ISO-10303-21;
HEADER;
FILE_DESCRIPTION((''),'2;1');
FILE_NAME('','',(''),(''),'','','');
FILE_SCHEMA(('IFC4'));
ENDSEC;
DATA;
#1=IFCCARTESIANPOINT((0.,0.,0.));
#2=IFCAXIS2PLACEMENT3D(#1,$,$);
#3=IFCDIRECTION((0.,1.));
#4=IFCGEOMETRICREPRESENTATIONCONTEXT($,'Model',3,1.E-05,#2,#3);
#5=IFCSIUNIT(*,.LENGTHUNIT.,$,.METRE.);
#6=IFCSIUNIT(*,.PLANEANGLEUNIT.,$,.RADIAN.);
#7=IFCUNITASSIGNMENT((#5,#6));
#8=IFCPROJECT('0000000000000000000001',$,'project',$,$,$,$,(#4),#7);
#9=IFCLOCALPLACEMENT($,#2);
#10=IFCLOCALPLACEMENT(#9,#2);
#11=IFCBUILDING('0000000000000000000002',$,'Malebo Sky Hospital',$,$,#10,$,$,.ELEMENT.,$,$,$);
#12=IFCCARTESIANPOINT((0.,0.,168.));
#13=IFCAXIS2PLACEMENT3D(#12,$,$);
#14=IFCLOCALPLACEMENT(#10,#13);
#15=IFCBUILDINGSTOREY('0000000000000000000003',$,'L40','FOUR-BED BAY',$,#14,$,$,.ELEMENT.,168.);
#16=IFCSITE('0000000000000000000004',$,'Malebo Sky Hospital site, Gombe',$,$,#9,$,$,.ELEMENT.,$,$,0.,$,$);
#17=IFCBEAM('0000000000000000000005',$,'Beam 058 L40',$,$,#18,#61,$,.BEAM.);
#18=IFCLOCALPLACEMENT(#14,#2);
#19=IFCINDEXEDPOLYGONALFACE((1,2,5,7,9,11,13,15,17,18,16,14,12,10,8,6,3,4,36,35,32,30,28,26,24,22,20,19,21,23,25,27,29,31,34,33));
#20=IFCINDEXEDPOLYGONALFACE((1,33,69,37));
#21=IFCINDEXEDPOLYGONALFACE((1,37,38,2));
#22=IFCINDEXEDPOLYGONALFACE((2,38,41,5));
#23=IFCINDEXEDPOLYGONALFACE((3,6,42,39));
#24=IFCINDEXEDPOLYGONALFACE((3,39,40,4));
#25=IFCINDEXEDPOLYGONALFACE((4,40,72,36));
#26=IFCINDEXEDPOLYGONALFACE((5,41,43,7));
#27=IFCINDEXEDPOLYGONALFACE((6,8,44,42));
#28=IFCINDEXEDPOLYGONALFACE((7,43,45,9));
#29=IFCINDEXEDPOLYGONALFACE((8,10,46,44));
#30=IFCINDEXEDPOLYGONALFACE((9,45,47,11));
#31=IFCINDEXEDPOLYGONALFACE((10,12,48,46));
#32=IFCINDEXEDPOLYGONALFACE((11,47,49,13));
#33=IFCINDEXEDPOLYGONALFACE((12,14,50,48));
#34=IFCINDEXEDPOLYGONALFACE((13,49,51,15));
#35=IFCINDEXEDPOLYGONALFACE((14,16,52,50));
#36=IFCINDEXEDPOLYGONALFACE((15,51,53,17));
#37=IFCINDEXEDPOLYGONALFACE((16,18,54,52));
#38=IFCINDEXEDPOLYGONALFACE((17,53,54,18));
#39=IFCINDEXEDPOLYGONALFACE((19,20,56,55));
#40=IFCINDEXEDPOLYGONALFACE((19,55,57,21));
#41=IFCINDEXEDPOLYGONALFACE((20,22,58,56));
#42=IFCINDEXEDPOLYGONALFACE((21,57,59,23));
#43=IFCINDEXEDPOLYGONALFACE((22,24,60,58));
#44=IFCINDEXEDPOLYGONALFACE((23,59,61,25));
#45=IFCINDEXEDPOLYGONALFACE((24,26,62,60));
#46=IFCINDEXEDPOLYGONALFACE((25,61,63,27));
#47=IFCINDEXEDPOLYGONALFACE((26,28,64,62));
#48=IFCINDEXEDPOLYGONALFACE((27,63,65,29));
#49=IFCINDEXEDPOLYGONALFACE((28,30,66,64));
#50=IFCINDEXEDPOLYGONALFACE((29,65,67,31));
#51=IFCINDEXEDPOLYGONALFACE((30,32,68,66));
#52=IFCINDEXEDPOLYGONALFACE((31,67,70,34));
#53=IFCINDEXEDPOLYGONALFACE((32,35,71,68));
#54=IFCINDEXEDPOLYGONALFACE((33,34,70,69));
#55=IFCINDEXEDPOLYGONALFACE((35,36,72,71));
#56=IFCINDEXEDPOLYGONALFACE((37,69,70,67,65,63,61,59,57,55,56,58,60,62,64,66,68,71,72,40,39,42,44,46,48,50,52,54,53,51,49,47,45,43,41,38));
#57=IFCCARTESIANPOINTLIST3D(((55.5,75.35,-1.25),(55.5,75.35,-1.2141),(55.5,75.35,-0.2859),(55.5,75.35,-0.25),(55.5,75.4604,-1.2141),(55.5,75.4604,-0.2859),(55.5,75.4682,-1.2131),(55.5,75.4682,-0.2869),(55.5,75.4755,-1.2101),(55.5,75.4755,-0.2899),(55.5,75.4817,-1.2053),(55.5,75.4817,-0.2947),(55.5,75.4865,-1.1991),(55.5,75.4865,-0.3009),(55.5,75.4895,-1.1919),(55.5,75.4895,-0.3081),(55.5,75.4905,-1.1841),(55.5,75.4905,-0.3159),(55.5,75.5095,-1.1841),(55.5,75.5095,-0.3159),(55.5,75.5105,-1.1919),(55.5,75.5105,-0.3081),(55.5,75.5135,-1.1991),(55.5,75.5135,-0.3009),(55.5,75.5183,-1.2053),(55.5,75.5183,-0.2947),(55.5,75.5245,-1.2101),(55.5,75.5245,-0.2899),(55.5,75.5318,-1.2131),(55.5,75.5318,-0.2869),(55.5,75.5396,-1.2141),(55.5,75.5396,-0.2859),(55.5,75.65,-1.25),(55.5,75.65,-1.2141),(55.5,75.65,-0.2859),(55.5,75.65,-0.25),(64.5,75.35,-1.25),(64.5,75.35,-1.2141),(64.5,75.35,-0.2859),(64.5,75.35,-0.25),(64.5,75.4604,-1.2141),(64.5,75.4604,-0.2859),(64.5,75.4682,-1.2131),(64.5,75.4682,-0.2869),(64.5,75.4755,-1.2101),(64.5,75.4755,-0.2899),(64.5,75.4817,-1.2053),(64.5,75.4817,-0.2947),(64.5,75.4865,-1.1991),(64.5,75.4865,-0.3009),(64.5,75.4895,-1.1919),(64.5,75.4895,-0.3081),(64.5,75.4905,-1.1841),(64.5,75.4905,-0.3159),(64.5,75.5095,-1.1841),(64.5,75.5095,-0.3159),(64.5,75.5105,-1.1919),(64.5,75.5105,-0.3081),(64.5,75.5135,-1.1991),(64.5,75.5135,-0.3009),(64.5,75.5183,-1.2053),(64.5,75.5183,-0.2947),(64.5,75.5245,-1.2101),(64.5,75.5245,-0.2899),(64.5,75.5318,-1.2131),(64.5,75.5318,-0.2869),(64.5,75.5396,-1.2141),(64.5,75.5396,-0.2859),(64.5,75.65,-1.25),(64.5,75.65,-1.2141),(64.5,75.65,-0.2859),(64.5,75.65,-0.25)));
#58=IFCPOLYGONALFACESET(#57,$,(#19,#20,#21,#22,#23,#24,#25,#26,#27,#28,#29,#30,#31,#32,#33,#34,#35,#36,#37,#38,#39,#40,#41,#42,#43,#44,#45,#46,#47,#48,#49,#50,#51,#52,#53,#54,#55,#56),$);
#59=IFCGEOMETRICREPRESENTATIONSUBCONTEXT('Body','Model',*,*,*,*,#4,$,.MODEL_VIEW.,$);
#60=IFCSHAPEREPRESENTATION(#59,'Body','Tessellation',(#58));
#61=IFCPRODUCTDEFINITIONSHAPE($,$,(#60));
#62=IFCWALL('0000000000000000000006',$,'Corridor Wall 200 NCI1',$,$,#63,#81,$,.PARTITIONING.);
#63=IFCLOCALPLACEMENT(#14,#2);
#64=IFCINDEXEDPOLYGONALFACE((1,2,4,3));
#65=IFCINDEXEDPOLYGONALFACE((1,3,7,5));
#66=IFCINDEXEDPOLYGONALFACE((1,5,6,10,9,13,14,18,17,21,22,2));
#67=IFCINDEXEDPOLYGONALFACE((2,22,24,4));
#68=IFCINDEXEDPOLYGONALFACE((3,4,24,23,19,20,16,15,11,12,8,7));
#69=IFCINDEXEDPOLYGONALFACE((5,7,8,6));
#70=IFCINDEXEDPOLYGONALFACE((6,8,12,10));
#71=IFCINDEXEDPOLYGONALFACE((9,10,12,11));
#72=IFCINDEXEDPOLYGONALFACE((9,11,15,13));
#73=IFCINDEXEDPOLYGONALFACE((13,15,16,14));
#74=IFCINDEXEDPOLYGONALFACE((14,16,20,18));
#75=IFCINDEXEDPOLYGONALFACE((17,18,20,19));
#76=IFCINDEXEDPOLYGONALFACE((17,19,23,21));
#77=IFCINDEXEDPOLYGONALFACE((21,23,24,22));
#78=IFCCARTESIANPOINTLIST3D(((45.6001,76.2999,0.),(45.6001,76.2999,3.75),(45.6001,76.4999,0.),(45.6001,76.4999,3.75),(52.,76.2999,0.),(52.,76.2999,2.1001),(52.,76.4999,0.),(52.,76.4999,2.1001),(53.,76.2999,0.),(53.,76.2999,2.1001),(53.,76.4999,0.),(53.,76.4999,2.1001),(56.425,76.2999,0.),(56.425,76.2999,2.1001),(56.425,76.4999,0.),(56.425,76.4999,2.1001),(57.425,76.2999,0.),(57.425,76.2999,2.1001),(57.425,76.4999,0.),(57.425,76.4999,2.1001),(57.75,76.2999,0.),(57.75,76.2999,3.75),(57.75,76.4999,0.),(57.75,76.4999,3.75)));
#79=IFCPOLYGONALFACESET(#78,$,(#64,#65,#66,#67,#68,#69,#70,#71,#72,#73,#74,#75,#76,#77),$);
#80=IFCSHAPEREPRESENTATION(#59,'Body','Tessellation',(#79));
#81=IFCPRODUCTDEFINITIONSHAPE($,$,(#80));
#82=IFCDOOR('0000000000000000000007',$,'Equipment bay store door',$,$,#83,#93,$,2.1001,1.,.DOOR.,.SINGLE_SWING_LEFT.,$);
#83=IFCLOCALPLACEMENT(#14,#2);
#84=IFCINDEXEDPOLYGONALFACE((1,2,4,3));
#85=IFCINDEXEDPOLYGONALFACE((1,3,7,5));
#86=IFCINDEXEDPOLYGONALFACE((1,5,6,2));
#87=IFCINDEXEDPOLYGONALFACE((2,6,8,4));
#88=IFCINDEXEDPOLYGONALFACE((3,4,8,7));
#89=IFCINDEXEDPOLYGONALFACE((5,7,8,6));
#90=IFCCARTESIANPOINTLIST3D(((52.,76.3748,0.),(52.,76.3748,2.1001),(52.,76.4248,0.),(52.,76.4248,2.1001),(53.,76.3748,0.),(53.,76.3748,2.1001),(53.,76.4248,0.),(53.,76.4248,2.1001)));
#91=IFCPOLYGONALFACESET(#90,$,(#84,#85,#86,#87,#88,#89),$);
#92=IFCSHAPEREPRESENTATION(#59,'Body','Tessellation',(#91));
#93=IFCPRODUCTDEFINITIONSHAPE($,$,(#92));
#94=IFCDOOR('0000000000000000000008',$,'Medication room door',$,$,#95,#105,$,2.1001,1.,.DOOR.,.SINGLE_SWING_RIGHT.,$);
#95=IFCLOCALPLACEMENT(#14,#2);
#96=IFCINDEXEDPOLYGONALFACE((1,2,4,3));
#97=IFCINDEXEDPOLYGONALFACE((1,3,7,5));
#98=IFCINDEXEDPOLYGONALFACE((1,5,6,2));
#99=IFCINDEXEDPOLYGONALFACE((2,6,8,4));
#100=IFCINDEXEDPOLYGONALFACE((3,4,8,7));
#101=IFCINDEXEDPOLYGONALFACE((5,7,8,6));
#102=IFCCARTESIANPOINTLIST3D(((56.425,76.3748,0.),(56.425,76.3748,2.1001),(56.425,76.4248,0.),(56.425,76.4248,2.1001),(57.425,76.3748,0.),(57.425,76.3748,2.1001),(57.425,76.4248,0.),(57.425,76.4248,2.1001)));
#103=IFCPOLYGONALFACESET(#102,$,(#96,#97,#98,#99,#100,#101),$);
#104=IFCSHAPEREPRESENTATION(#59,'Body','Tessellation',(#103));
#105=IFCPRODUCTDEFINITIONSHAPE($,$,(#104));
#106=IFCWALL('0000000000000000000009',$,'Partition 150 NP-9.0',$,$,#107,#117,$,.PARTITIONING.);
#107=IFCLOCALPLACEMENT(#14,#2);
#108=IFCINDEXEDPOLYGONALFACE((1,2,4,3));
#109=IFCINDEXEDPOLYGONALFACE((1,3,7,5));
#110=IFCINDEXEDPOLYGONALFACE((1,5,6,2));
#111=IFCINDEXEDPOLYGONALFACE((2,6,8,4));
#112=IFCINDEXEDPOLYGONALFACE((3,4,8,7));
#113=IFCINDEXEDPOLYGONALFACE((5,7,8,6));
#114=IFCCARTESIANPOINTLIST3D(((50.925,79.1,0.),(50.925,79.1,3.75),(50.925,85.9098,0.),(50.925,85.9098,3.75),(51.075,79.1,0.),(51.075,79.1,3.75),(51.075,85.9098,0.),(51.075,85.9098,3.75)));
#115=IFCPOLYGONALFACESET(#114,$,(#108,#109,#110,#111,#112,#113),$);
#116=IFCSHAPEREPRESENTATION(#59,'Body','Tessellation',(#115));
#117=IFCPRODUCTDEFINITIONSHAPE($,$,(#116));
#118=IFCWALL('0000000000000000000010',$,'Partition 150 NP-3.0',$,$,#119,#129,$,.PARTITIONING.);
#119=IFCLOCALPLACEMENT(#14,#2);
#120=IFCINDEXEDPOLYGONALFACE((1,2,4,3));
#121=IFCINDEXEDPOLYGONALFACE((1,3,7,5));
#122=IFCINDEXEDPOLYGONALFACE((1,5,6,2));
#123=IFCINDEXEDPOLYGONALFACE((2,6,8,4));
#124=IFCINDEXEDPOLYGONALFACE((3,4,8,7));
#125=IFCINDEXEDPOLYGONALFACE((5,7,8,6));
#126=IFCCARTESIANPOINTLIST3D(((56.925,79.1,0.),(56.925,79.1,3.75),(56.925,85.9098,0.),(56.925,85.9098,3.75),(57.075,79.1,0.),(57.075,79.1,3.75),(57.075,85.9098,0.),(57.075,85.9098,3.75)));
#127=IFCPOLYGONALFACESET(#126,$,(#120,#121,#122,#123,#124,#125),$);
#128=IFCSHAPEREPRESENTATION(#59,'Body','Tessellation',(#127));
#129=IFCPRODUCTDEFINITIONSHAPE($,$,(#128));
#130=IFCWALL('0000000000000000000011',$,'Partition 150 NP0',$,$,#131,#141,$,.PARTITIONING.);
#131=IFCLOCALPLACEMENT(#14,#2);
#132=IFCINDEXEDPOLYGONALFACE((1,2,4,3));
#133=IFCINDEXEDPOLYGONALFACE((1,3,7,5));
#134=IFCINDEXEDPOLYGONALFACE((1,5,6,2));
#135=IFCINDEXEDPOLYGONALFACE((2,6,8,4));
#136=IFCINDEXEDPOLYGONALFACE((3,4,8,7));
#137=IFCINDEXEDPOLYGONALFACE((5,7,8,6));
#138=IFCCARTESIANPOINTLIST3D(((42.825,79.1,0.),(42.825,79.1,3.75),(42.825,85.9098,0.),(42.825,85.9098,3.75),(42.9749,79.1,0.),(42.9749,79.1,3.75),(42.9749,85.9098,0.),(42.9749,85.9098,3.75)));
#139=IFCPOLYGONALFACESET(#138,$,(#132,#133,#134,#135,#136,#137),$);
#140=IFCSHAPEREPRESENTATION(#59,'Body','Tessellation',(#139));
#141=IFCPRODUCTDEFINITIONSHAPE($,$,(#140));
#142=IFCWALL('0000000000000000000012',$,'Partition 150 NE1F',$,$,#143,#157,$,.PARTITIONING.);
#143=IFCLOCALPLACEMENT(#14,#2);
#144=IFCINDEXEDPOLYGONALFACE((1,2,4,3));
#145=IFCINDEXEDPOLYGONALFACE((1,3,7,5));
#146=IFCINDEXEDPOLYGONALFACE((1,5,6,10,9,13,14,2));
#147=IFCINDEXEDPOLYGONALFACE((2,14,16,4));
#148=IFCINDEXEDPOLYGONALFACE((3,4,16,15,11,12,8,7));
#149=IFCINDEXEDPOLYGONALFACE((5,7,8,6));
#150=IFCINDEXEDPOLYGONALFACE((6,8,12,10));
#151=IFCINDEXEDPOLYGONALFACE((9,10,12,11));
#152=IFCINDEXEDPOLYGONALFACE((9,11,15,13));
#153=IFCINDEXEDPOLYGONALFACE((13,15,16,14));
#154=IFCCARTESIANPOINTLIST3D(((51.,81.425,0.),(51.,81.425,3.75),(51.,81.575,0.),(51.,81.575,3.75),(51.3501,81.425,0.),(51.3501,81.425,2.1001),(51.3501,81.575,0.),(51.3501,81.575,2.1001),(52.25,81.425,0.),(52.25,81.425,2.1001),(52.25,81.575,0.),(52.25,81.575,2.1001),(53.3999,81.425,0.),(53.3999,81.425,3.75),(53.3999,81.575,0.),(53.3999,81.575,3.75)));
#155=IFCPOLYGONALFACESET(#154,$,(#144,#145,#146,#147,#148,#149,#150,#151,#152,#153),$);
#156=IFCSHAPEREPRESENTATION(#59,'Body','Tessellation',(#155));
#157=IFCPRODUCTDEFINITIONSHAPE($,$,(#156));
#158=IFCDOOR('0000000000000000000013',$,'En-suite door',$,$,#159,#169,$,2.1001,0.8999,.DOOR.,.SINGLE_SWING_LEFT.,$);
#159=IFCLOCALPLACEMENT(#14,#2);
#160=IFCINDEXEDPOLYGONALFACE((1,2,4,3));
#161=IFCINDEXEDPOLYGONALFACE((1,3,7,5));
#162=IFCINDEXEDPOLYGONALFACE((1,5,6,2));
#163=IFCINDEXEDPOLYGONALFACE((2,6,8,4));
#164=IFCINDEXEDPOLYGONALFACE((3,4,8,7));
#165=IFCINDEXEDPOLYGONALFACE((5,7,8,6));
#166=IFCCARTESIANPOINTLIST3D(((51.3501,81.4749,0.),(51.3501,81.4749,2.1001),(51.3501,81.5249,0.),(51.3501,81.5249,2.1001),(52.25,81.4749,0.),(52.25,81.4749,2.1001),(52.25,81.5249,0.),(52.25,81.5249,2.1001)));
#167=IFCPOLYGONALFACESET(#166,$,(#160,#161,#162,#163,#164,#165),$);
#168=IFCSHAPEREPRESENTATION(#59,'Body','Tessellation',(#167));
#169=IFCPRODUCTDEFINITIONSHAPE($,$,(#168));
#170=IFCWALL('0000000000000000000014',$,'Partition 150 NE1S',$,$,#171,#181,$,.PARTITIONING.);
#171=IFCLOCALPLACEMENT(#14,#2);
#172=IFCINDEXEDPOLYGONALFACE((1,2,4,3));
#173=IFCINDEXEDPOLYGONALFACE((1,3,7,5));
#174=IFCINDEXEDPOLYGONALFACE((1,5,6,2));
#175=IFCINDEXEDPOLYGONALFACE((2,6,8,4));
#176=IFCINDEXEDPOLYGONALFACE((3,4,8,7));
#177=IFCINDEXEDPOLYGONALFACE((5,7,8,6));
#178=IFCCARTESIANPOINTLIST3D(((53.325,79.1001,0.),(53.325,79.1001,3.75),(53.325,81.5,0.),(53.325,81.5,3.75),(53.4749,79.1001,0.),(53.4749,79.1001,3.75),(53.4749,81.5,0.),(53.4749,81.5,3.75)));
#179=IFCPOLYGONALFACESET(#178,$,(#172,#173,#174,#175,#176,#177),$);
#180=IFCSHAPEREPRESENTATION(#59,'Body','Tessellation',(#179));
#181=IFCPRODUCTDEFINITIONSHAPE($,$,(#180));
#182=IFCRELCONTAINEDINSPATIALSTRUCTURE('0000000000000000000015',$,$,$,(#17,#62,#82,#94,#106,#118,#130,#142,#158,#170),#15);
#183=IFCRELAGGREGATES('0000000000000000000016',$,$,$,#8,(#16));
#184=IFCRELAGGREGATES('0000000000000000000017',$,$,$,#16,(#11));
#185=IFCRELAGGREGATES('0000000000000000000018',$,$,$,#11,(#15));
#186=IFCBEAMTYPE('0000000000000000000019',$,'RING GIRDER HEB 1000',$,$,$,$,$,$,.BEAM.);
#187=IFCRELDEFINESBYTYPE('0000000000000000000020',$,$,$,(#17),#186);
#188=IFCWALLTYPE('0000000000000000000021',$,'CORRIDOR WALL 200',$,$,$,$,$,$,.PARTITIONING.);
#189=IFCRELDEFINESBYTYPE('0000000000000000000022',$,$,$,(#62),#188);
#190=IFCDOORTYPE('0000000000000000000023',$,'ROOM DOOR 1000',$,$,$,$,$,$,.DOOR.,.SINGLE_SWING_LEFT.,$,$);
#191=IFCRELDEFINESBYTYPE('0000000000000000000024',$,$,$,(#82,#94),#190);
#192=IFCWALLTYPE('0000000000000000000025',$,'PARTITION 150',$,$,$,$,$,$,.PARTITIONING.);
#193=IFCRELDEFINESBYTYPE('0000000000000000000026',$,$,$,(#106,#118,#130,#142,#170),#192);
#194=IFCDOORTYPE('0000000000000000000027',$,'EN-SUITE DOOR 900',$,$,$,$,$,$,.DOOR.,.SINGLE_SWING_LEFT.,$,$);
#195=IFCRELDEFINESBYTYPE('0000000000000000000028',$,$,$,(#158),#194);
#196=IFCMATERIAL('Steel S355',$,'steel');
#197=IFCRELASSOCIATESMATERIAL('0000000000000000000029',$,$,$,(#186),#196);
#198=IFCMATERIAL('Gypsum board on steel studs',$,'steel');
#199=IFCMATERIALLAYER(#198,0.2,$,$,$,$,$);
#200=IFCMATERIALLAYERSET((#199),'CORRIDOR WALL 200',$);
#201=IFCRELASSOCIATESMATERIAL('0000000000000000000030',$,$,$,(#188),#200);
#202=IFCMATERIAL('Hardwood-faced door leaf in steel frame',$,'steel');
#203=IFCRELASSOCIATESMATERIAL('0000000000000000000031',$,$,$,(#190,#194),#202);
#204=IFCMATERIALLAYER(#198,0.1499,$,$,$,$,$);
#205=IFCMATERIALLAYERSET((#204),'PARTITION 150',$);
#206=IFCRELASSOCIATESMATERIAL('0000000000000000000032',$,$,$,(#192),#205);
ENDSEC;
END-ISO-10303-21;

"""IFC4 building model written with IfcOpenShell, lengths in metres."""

from ifc_helpers import new_model, si_unit, direction, frame, frame_2d, origin, origin_2d, place, context, subcontext, project, spatial, rectangle, i_section, extrude, material, layer, layer_set, material_profile, profile_set, type_object, element, fill, save


model = new_model("IFC4")

# Units and contexts
model_context = context("Model", 3, precision=1e-05, world=origin(), true_north=direction((0.0, 1.0)))
body_context = subcontext(model_context, "Body", "Model", "MODEL_VIEW")
ifc_project = project(units=[si_unit("LENGTHUNIT", "METRE"), si_unit("PLANEANGLEUNIT", "RADIAN")], contexts=[model_context])

# Site, building, storey
site_placement = place(None, origin())
site = spatial("IfcSite", under=ifc_project, at=site_placement, Name="Malebo Sky Hospital site, Gombe", CompositionType="ELEMENT", RefElevation=0.0)
building_placement = place(site_placement, origin())
building = spatial("IfcBuilding", under=site, at=building_placement, Name="Malebo Sky Hospital", CompositionType="ELEMENT")
storey_placement = place(building_placement, frame((0.0, 0.0, 168.0)))
storey = spatial("IfcBuildingStorey", under=building, at=storey_placement, Name="L40", Description="FOUR-BED BAY", CompositionType="ELEMENT", Elevation=168.0)

# Beam
ifc_material_1 = material(Name="Steel S355", Category="steel")
ifc_material_profile_1 = material_profile(ifc_material_1, i_section(OverallWidth=0.3, OverallDepth=1.0, WebThickness=0.019, FlangeThickness=0.0359, FilletRadius=0.03, at=origin_2d()), Name="HEB 1000")
ifc_profile_set_1 = profile_set([ifc_material_profile_1], Name="Steel S355")
beam_type_1 = type_object("IfcBeamType", Name="RING GIRDER HEB 1000", PredefinedType="BEAM", material=ifc_profile_set_1)
beam_1_placement = place(storey_placement, frame((55.5, 75.5, -0.75), z_axis=(1.0, 0.0, 0.0), x_axis=(0.0, 1.0, 0.0)))
element("IfcBeam", 1, at=beam_1_placement, inside=storey, type_object=beam_type_1, Name="Beam 058 L40", PredefinedType="BEAM", context=body_context, shape_type="SweptSolid", body=[
    extrude(i_section(OverallWidth=0.3, OverallDepth=1.0, WebThickness=0.019, FlangeThickness=0.0359, FilletRadius=0.03, at=origin_2d()), origin(), (0.0, 0.0, 1.0), 9.0),
])

# Wall, openings, doors
ifc_material_2 = material(Name="Gypsum board on steel studs", Category="steel")
ifc_layer_1 = layer(ifc_material_2, 0.2)
ifc_layer_set_1 = layer_set([ifc_layer_1], Name="CORRIDOR WALL 200")
wall_type_1 = type_object("IfcWallType", Name="CORRIDOR WALL 200", PredefinedType="PARTITIONING", material=ifc_layer_set_1)
wall_1_placement = place(storey_placement, frame((45.6001, 76.3999, 0.0), z_axis=(0.0, 0.0, 1.0), x_axis=(1.0, 0.0, 0.0)))
wall_1 = element("IfcWall", 2, at=wall_1_placement, inside=storey, type_object=wall_type_1, Name="Corridor Wall 200 NCI1", PredefinedType="PARTITIONING", context=body_context, shape_type="SweptSolid", body=[
    extrude(rectangle(XDim=12.1499, YDim=0.2, at=frame_2d((6.075, 0.0))), origin(), (0.0, 0.0, 1.0), 3.75),
])
opening_1_placement = place(wall_1_placement, frame((6.3999, 0.0, 0.0)))
opening_1 = element("IfcOpeningElement", 3, at=opening_1_placement, cuts=wall_1, PredefinedType="OPENING", context=body_context, shape_type="SweptSolid", body=[
    extrude(rectangle(XDim=1.0, YDim=2.1001, at=frame_2d((0.5, 1.05))), frame((0.0, 0.1099, 0.0), z_axis=(0.0, -1.0, 0.0), x_axis=(1.0, 0.0, 0.0)), (0.0, 0.0, 1.0), 0.22),
])
opening_2_placement = place(wall_1_placement, frame((10.825, 0.0, 0.0)))
opening_2 = element("IfcOpeningElement", 4, at=opening_2_placement, cuts=wall_1, PredefinedType="OPENING", context=body_context, shape_type="SweptSolid", body=[
    extrude(rectangle(XDim=1.0, YDim=2.1001, at=frame_2d((0.5, 1.05))), frame((0.0, 0.1099, 0.0), z_axis=(0.0, -1.0, 0.0), x_axis=(1.0, 0.0, 0.0)), (0.0, 0.0, 1.0), 0.22),
])
ifc_material_3 = material(Name="Hardwood-faced door leaf in steel frame", Category="steel")
door_type_1 = type_object("IfcDoorType", Name="ROOM DOOR 1000", OperationType="SINGLE_SWING_LEFT", PredefinedType="DOOR", material=ifc_material_3)
door_1_placement = place(opening_1_placement, origin())
door_1 = element("IfcDoor", 5, at=door_1_placement, inside=storey, type_object=door_type_1, Name="Equipment bay store door", OperationType="SINGLE_SWING_LEFT", OverallHeight=2.1001, OverallWidth=1.0, PredefinedType="DOOR", context=body_context, shape_type="SweptSolid", body=[
    extrude(rectangle(XDim=1.0, YDim=2.1001, at=frame_2d((0.5, 1.05))), frame((0.0, 0.0249, 0.0), z_axis=(0.0, -1.0, 0.0), x_axis=(1.0, 0.0, 0.0)), (0.0, 0.0, 1.0), 0.05),
])
fill(opening_1, door_1)
door_2_placement = place(opening_2_placement, origin())
door_2 = element("IfcDoor", 6, at=door_2_placement, inside=storey, type_object=door_type_1, Name="Medication room door", OperationType="SINGLE_SWING_RIGHT", OverallHeight=2.1001, OverallWidth=1.0, PredefinedType="DOOR", context=body_context, shape_type="SweptSolid", body=[
    extrude(rectangle(XDim=1.0, YDim=2.1001, at=frame_2d((0.5, 1.05))), frame((0.0, 0.0249, 0.0), z_axis=(0.0, -1.0, 0.0), x_axis=(1.0, 0.0, 0.0)), (0.0, 0.0, 1.0), 0.05),
])
fill(opening_2, door_2)

# Walls
ifc_layer_2 = layer(ifc_material_2, 0.1499)
ifc_layer_set_2 = layer_set([ifc_layer_2], Name="PARTITION 150")
wall_type_2 = type_object("IfcWallType", Name="PARTITION 150", PredefinedType="PARTITIONING", material=ifc_layer_set_2)
for number, where, z_axis, x_axis, name in (
    (7, (51.0, 79.1001, 0.0), (0.0, 0.0, 1.0), (0.0, 1.0, 0.0), "Partition 150 NP-9.0"),
    (8, (57.0, 79.1001, 0.0), (0.0, 0.0, 1.0), (0.0, 1.0, 0.0), "Partition 150 NP-3.0"),
    (9, (42.8999, 79.1001, 0.0), (0.0, 0.0, 1.0), (0.0, 1.0, 0.0), "Partition 150 NP0"),
):
    element("IfcWall", number, at=place(storey_placement, frame(where, z_axis=z_axis, x_axis=x_axis)), inside=storey, type_object=wall_type_2, Name=name, PredefinedType="PARTITIONING", context=body_context, shape_type="SweptSolid", body=[
        extrude(rectangle(XDim=6.8098, YDim=0.1499, at=frame_2d((3.4048, 0.0))), origin(), (0.0, 0.0, 1.0), 3.75),
    ])

# Wall, opening, door
wall_2_placement = place(storey_placement, frame((51.0, 81.5, 0.0), z_axis=(0.0, 0.0, 1.0), x_axis=(1.0, 0.0, 0.0)))
wall_2 = element("IfcWall", 10, at=wall_2_placement, inside=storey, type_object=wall_type_2, Name="Partition 150 NE1F", PredefinedType="PARTITIONING", context=body_context, shape_type="SweptSolid", body=[
    extrude(rectangle(XDim=2.3999, YDim=0.1499, at=frame_2d((1.2, 0.0))), origin(), (0.0, 0.0, 1.0), 3.75),
])
opening_3_placement = place(wall_2_placement, frame((0.3501, 0.0, 0.0)))
opening_3 = element("IfcOpeningElement", 11, at=opening_3_placement, cuts=wall_2, PredefinedType="OPENING", context=body_context, shape_type="SweptSolid", body=[
    extrude(rectangle(XDim=0.8999, YDim=2.1001, at=frame_2d((0.45, 1.05))), frame((0.0, 0.085, 0.0), z_axis=(0.0, -1.0, 0.0), x_axis=(1.0, 0.0, 0.0)), (0.0, 0.0, 1.0), 0.1699),
])
door_type_2 = type_object("IfcDoorType", Name="EN-SUITE DOOR 900", OperationType="SINGLE_SWING_LEFT", PredefinedType="DOOR", material=ifc_material_3)
door_3_placement = place(opening_3_placement, origin())
door_3 = element("IfcDoor", 12, at=door_3_placement, inside=storey, type_object=door_type_2, Name="En-suite door", OperationType="SINGLE_SWING_LEFT", OverallHeight=2.1001, OverallWidth=0.8999, PredefinedType="DOOR", context=body_context, shape_type="SweptSolid", body=[
    extrude(rectangle(XDim=0.8999, YDim=2.1001, at=frame_2d((0.45, 1.05))), frame((0.0, 0.0249, 0.0), z_axis=(0.0, -1.0, 0.0), x_axis=(1.0, 0.0, 0.0)), (0.0, 0.0, 1.0), 0.05),
])
fill(opening_3, door_3)

# Wall
wall_3_placement = place(storey_placement, frame((53.3999, 79.1001, 0.0), z_axis=(0.0, 0.0, 1.0), x_axis=(0.0, 1.0, 0.0)))
element("IfcWall", 13, at=wall_3_placement, inside=storey, type_object=wall_type_2, Name="Partition 150 NE1S", PredefinedType="PARTITIONING", context=body_context, shape_type="SweptSolid", body=[
    extrude(rectangle(XDim=2.3999, YDim=0.1499, at=frame_2d((1.2, 0.0))), origin(), (0.0, 0.0, 1.0), 3.75),
])

save(model, "model.ifc")
